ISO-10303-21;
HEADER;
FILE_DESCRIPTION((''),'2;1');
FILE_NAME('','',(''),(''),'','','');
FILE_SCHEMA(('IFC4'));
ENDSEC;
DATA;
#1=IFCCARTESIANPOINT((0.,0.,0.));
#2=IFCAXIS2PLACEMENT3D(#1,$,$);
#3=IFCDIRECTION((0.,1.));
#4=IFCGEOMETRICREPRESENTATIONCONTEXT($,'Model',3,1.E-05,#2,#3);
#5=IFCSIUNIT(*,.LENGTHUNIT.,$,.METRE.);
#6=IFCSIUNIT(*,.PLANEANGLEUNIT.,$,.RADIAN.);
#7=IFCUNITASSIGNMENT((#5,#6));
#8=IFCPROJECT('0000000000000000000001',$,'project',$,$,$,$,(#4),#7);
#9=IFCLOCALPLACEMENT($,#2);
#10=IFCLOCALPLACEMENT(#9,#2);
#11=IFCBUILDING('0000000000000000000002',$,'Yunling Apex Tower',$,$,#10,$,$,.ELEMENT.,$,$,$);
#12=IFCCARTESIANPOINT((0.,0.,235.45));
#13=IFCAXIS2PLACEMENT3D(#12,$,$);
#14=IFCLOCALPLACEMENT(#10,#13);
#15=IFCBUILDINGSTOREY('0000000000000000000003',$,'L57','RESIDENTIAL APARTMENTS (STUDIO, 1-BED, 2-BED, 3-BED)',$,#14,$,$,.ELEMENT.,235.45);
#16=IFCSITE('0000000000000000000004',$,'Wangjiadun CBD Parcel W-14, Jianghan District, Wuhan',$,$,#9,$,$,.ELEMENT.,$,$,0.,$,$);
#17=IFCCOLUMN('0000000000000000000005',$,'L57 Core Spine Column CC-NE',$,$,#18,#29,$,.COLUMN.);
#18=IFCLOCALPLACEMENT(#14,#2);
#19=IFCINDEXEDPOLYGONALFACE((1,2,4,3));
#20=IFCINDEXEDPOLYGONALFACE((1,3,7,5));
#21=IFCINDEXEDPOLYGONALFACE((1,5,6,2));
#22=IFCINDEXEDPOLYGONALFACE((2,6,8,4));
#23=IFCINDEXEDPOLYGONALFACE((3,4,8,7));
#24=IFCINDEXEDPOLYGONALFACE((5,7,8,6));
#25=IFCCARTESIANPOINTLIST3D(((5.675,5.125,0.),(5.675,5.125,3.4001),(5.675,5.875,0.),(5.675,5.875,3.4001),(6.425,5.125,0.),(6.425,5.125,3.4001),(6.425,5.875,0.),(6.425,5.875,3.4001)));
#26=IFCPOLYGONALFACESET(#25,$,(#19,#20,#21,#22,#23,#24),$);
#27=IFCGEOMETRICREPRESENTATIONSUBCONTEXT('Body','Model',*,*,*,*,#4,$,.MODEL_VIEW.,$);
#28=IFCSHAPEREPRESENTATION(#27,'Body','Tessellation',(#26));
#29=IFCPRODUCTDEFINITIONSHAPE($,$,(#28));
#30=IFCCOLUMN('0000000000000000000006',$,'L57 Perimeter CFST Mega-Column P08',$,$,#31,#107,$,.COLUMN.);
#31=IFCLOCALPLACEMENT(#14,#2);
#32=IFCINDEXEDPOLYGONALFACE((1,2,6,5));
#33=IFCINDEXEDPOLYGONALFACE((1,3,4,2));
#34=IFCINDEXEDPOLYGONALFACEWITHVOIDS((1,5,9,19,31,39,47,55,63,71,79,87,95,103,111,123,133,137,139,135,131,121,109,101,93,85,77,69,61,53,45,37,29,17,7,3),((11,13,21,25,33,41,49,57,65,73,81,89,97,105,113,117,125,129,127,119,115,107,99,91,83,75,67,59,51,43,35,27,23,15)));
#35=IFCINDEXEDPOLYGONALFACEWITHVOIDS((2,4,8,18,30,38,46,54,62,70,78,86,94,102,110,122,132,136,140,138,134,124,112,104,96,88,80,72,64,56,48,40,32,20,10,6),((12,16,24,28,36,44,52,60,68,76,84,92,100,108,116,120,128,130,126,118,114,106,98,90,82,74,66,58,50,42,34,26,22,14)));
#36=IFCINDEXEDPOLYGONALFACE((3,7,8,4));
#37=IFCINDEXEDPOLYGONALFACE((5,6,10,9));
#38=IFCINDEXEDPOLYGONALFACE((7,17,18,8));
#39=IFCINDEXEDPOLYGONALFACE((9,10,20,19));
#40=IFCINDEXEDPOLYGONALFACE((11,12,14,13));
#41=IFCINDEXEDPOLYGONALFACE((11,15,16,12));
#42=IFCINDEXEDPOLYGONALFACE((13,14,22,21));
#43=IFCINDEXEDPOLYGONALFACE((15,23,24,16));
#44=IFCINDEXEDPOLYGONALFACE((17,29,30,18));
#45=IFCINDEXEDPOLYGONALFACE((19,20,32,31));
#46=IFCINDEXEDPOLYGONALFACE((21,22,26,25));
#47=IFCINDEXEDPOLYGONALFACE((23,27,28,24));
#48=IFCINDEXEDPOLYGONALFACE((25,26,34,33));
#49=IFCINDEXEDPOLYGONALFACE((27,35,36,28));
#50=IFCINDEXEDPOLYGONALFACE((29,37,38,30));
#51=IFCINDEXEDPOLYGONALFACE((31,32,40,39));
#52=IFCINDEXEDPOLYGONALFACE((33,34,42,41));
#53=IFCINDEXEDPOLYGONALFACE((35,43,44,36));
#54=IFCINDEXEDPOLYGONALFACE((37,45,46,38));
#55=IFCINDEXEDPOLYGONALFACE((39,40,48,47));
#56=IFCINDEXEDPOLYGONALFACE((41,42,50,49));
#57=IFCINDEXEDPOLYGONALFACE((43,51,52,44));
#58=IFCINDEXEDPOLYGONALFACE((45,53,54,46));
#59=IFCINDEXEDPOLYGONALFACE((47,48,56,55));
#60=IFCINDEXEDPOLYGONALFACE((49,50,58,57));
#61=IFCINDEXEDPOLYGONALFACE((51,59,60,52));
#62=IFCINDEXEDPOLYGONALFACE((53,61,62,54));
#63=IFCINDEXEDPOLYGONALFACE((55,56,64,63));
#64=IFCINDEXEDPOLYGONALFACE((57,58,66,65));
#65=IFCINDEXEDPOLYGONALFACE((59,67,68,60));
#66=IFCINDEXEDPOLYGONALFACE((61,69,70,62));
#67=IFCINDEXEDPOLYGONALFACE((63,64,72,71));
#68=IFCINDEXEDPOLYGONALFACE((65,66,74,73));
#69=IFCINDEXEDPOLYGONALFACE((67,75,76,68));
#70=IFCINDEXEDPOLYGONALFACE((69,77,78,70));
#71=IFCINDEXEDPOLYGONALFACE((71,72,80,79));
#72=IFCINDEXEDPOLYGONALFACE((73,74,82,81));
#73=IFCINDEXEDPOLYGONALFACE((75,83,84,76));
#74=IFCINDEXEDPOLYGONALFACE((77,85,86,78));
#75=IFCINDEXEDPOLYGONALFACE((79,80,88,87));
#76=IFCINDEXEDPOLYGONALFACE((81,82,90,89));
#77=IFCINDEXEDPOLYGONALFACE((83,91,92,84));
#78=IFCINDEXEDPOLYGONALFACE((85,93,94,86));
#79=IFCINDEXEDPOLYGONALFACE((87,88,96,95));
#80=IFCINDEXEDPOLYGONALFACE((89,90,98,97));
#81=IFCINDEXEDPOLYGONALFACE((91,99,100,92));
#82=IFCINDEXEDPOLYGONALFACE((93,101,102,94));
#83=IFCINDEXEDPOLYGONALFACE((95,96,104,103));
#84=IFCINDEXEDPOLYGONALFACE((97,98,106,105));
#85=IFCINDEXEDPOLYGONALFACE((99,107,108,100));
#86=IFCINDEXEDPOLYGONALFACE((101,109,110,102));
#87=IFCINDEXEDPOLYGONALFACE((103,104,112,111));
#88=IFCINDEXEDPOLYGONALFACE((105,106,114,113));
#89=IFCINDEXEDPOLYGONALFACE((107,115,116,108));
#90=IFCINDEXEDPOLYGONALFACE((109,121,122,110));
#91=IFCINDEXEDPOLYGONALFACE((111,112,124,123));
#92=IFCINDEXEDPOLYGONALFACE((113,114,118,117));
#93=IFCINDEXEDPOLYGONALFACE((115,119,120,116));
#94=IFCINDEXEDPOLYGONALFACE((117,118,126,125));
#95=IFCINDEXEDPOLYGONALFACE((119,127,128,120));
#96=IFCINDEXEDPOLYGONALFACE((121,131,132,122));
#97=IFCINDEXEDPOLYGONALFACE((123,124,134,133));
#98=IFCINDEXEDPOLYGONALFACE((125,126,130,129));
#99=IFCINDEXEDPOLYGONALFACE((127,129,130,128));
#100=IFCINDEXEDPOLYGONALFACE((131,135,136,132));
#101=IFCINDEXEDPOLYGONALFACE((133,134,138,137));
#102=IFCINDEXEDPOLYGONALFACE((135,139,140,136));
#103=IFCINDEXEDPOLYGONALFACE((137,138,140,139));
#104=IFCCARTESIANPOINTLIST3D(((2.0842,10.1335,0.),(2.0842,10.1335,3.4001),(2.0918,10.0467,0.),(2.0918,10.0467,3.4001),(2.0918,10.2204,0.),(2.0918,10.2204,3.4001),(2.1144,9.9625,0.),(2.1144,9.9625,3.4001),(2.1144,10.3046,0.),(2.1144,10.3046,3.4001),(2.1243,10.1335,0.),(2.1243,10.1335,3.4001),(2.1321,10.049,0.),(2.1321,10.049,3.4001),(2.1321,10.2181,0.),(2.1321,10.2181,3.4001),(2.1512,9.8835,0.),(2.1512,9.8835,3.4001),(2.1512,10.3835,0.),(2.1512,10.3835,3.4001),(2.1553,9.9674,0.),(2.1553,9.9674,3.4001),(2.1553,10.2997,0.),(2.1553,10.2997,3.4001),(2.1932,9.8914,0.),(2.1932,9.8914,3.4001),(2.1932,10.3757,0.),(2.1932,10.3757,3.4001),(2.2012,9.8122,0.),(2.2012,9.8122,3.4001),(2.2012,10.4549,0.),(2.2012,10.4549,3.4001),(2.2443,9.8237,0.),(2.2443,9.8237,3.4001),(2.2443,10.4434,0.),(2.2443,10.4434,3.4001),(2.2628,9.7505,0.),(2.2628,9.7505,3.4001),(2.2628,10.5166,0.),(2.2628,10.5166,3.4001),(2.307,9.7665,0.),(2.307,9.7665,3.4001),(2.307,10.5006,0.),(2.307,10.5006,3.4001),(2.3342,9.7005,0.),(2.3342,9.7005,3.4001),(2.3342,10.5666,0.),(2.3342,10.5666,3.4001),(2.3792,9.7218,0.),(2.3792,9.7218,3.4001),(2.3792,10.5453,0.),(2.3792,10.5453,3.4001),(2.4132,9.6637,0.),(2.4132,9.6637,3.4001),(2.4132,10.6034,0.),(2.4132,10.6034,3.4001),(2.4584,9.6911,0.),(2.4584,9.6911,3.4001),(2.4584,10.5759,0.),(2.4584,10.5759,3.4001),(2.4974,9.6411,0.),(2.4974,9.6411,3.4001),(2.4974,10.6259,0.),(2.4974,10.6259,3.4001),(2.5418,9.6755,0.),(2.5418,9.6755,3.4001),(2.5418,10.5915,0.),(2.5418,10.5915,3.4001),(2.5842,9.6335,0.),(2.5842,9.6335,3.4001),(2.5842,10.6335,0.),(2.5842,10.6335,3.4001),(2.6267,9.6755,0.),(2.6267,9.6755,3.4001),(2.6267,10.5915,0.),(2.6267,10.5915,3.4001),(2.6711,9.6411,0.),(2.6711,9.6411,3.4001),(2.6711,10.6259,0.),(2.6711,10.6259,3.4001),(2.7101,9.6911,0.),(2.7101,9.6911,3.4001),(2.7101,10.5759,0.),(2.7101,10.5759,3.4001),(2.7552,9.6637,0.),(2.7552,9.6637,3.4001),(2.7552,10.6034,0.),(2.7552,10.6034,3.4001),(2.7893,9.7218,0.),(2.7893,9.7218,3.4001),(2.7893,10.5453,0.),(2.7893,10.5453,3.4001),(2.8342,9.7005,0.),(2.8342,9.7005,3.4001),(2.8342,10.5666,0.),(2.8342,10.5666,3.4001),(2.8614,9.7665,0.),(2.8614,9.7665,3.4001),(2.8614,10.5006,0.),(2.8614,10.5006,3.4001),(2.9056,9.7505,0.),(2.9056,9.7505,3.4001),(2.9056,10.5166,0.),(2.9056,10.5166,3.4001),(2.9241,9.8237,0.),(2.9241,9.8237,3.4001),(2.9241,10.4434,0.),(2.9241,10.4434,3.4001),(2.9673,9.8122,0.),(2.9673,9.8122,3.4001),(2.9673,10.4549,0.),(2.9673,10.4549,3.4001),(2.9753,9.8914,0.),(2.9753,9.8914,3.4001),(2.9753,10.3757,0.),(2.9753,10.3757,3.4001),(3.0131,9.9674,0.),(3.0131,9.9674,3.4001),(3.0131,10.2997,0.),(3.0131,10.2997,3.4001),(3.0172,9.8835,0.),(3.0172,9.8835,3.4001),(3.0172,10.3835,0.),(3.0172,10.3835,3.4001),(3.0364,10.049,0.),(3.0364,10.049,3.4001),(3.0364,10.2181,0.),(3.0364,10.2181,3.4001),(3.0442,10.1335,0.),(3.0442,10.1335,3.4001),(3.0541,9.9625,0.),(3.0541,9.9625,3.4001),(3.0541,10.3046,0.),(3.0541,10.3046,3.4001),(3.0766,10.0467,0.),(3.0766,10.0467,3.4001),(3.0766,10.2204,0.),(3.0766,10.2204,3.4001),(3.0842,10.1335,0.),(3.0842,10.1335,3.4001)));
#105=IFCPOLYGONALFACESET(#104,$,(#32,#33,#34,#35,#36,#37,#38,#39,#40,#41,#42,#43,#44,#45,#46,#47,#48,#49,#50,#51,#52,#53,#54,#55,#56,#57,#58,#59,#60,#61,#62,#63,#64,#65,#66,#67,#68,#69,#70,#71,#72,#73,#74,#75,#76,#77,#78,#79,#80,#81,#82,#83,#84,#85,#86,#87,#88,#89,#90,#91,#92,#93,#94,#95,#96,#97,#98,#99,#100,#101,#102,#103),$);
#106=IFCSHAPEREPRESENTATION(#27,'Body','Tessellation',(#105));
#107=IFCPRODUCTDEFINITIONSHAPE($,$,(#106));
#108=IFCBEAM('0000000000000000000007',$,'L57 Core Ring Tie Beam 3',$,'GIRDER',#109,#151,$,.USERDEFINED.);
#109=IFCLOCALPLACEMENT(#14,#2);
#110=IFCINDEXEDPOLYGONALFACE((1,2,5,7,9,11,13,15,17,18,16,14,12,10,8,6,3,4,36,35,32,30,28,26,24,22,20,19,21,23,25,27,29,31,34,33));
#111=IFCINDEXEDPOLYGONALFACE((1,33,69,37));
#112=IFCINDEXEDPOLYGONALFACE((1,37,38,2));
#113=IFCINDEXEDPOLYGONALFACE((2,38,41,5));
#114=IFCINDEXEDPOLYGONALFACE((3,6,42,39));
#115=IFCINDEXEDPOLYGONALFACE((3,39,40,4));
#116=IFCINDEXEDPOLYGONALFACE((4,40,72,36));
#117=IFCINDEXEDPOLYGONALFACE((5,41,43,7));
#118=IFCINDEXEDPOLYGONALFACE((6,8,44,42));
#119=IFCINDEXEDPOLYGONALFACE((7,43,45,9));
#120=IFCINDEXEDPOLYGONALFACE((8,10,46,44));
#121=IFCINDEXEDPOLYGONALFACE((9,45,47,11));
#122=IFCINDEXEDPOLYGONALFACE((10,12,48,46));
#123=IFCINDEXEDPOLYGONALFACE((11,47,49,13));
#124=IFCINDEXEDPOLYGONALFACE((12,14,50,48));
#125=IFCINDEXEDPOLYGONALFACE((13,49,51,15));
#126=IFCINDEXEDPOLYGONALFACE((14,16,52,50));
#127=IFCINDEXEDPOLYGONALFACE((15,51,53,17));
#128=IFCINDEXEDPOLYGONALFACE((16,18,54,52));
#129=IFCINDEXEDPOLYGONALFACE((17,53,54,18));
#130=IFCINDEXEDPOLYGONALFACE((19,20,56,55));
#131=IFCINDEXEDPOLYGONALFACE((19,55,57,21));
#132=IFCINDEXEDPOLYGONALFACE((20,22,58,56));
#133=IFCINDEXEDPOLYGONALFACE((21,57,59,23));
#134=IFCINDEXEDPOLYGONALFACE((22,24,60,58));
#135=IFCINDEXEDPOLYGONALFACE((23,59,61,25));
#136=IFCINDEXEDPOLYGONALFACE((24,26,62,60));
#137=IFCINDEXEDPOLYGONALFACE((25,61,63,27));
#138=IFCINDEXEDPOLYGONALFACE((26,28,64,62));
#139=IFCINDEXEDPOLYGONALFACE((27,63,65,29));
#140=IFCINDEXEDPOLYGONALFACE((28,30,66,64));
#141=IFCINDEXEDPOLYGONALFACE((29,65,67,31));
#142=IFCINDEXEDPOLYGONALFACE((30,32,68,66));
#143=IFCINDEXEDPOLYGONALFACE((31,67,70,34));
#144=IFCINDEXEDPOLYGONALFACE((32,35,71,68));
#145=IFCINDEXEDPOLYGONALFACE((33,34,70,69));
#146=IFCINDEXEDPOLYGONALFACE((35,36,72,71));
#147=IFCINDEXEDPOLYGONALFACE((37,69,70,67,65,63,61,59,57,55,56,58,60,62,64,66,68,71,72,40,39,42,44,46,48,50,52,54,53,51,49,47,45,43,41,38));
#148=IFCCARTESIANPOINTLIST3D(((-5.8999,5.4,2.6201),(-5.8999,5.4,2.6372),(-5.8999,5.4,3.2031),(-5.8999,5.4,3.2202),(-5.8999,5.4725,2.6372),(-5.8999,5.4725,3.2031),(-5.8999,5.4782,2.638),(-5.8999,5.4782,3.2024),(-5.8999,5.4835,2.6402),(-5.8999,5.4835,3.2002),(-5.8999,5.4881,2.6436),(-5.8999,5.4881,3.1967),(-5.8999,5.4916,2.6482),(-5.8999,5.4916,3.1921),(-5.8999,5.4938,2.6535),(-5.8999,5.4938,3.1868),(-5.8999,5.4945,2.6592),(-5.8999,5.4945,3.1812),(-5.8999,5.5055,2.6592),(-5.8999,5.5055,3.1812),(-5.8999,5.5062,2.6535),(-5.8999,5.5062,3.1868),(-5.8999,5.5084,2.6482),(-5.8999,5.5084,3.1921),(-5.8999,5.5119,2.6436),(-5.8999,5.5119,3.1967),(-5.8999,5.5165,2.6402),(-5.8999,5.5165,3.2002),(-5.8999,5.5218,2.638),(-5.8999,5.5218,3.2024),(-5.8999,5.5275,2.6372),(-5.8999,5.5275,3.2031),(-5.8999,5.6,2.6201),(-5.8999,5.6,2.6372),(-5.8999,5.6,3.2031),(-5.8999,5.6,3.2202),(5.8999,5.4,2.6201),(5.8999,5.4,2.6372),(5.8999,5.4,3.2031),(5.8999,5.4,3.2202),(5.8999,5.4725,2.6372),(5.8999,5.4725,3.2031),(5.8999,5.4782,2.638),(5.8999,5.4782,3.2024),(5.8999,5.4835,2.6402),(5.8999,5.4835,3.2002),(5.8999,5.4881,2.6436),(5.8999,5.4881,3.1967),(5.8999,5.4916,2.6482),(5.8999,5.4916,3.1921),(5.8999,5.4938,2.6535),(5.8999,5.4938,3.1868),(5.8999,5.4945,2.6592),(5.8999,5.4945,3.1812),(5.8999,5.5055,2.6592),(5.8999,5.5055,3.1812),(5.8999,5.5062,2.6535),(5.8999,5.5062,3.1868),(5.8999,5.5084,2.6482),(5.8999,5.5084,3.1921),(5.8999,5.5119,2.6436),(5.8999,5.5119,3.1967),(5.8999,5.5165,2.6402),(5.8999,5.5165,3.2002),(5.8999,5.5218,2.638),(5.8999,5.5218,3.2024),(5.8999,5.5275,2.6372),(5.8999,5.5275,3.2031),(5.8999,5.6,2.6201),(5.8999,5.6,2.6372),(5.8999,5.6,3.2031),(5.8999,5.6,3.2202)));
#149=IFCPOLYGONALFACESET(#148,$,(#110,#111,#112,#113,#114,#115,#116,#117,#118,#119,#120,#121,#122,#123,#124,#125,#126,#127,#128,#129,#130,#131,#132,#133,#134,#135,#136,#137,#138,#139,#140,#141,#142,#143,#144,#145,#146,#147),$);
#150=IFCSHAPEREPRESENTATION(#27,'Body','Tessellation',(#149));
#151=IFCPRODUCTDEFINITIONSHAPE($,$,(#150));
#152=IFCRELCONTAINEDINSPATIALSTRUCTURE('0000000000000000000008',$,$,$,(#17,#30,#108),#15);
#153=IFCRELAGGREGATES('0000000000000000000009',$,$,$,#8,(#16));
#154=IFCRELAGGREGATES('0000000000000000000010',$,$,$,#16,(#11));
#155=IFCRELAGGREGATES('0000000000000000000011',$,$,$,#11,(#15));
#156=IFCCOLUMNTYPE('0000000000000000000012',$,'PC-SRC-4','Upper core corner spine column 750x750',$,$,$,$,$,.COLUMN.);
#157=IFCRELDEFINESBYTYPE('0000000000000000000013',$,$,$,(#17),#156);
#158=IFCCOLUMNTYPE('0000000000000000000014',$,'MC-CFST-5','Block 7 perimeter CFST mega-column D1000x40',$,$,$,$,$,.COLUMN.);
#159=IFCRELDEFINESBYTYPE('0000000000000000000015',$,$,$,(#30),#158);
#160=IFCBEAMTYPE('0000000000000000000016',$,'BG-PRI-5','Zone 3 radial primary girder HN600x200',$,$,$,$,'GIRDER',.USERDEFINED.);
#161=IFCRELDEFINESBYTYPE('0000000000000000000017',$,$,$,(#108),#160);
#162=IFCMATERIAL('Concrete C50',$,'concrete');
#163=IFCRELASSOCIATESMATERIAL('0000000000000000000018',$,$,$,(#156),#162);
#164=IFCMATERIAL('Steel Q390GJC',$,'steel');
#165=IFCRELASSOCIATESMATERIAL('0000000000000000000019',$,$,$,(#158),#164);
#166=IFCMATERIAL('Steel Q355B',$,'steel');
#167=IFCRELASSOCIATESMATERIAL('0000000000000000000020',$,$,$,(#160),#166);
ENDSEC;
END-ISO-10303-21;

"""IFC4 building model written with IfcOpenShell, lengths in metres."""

from ifc_helpers import new_model, si_unit, direction, frame, origin, origin_2d, place, context, subcontext, project, spatial, rectangle, hollow_circle, i_section, extrude, source, transform, mapped, material, material_profile, profile_set, type_object, element, save


model = new_model("IFC4")

# Units and contexts
model_context = context("Model", 3, precision=1e-05, world=origin(), true_north=direction((0.0, 1.0)))
body_context = subcontext(model_context, "Body", "Model", "MODEL_VIEW")
ifc_project = project(units=[si_unit("LENGTHUNIT", "METRE"), si_unit("PLANEANGLEUNIT", "RADIAN")], contexts=[model_context])

# Site, building, storey
site_placement = place(None, origin())
site = spatial("IfcSite", under=ifc_project, at=site_placement, Name="Wangjiadun CBD Parcel W-14, Jianghan District, Wuhan", CompositionType="ELEMENT", RefElevation=0.0)
building_placement = place(site_placement, origin())
building = spatial("IfcBuilding", under=site, at=building_placement, Name="Yunling Apex Tower", CompositionType="ELEMENT")
storey_placement = place(building_placement, frame((0.0, 0.0, 235.45)))
storey = spatial("IfcBuildingStorey", under=building, at=storey_placement, Name="L57", Description="RESIDENTIAL APARTMENTS (STUDIO, 1-BED, 2-BED, 3-BED)", CompositionType="ELEMENT", Elevation=235.45)

# Columns
ifc_material_1 = material(Name="Concrete C50", Category="concrete")
ifc_material_profile_1 = material_profile(ifc_material_1, rectangle(XDim=0.75, YDim=0.75, at=origin_2d()))
ifc_profile_set_1 = profile_set([ifc_material_profile_1], Name="Concrete C50")
column_type_1 = type_object("IfcColumnType", Name="PC-SRC-4", Description="Upper core corner spine column 750x750", PredefinedType="COLUMN", material=ifc_profile_set_1)
shared_shape_1 = source(origin(), body_context, "Body", "SweptSolid", [
    extrude(rectangle(XDim=0.75, YDim=0.75, at=origin_2d()), origin(), (0.0, 0.0, 1.0), 3.4001),
])
column_1_placement = place(storey_placement, frame((6.05, 5.5, 0.0), z_axis=(0.0, 0.0, 1.0), x_axis=(1.0, 0.0, 0.0)))
element("IfcColumn", 1, at=column_1_placement, inside=storey, type_object=column_type_1, Name="L57 Core Spine Column CC-NE", PredefinedType="COLUMN", context=body_context, shape_type="MappedRepresentation", body=[
    mapped(shared_shape_1, transform((0.0, 0.0, 0.0), scale=1.0)),
])
ifc_material_2 = material(Name="Steel Q390GJC", Category="steel")
ifc_material_profile_2 = material_profile(ifc_material_2, hollow_circle(Radius=0.5, WallThickness=0.04, at=origin_2d()))
ifc_profile_set_2 = profile_set([ifc_material_profile_2], Name="Steel Q390GJC")
column_type_2 = type_object("IfcColumnType", Name="MC-CFST-5", Description="Block 7 perimeter CFST mega-column D1000x40", PredefinedType="COLUMN", material=ifc_profile_set_2)
shared_shape_2 = source(origin(), body_context, "Body", "SweptSolid", [
    extrude(hollow_circle(Radius=0.5, WallThickness=0.04, at=origin_2d()), origin(), (0.0, 0.0, 1.0), 3.4001),
])
column_2_placement = place(storey_placement, frame((2.5842, 10.1335, 0.0), z_axis=(0.0, 0.0, 1.0), x_axis=(1.0, 0.0, 0.0)))
element("IfcColumn", 2, at=column_2_placement, inside=storey, type_object=column_type_2, Name="L57 Perimeter CFST Mega-Column P08", PredefinedType="COLUMN", context=body_context, shape_type="MappedRepresentation", body=[
    mapped(shared_shape_2, transform((0.0, 0.0, 0.0), scale=1.0)),
])

# Beam
ifc_material_3 = material(Name="Steel Q355B", Category="steel")
ifc_material_profile_3 = material_profile(ifc_material_3, i_section(OverallWidth=0.2, OverallDepth=0.6001, WebThickness=0.011, FlangeThickness=0.0171, FilletRadius=0.022, at=origin_2d()))
ifc_profile_set_3 = profile_set([ifc_material_profile_3], Name="Steel Q355B")
beam_type_1 = type_object("IfcBeamType", Name="BG-PRI-5", Description="Zone 3 radial primary girder HN600x200", ElementType="GIRDER", PredefinedType="USERDEFINED", material=ifc_profile_set_3)
shared_shape_3 = source(origin(), body_context, "Body", "SweptSolid", [
    extrude(i_section(OverallWidth=0.2, OverallDepth=0.6001, WebThickness=0.011, FlangeThickness=0.0171, FilletRadius=0.022, at=origin_2d()), origin(), (0.0, 0.0, 1.0), 11.7998),
])
beam_1_placement = place(storey_placement, frame((5.8999, 5.5, 2.9202), z_axis=(-1.0, 0.0, 0.0), x_axis=(0.0, -1.0, 0.0)))
element("IfcBeam", 3, at=beam_1_placement, inside=storey, type_object=beam_type_1, Name="L57 Core Ring Tie Beam 3", ObjectType="GIRDER", PredefinedType="USERDEFINED", context=body_context, shape_type="MappedRepresentation", body=[
    mapped(shared_shape_3, transform((0.0, 0.0, 0.0), scale=1.0)),
])

save(model, "model.ifc")
